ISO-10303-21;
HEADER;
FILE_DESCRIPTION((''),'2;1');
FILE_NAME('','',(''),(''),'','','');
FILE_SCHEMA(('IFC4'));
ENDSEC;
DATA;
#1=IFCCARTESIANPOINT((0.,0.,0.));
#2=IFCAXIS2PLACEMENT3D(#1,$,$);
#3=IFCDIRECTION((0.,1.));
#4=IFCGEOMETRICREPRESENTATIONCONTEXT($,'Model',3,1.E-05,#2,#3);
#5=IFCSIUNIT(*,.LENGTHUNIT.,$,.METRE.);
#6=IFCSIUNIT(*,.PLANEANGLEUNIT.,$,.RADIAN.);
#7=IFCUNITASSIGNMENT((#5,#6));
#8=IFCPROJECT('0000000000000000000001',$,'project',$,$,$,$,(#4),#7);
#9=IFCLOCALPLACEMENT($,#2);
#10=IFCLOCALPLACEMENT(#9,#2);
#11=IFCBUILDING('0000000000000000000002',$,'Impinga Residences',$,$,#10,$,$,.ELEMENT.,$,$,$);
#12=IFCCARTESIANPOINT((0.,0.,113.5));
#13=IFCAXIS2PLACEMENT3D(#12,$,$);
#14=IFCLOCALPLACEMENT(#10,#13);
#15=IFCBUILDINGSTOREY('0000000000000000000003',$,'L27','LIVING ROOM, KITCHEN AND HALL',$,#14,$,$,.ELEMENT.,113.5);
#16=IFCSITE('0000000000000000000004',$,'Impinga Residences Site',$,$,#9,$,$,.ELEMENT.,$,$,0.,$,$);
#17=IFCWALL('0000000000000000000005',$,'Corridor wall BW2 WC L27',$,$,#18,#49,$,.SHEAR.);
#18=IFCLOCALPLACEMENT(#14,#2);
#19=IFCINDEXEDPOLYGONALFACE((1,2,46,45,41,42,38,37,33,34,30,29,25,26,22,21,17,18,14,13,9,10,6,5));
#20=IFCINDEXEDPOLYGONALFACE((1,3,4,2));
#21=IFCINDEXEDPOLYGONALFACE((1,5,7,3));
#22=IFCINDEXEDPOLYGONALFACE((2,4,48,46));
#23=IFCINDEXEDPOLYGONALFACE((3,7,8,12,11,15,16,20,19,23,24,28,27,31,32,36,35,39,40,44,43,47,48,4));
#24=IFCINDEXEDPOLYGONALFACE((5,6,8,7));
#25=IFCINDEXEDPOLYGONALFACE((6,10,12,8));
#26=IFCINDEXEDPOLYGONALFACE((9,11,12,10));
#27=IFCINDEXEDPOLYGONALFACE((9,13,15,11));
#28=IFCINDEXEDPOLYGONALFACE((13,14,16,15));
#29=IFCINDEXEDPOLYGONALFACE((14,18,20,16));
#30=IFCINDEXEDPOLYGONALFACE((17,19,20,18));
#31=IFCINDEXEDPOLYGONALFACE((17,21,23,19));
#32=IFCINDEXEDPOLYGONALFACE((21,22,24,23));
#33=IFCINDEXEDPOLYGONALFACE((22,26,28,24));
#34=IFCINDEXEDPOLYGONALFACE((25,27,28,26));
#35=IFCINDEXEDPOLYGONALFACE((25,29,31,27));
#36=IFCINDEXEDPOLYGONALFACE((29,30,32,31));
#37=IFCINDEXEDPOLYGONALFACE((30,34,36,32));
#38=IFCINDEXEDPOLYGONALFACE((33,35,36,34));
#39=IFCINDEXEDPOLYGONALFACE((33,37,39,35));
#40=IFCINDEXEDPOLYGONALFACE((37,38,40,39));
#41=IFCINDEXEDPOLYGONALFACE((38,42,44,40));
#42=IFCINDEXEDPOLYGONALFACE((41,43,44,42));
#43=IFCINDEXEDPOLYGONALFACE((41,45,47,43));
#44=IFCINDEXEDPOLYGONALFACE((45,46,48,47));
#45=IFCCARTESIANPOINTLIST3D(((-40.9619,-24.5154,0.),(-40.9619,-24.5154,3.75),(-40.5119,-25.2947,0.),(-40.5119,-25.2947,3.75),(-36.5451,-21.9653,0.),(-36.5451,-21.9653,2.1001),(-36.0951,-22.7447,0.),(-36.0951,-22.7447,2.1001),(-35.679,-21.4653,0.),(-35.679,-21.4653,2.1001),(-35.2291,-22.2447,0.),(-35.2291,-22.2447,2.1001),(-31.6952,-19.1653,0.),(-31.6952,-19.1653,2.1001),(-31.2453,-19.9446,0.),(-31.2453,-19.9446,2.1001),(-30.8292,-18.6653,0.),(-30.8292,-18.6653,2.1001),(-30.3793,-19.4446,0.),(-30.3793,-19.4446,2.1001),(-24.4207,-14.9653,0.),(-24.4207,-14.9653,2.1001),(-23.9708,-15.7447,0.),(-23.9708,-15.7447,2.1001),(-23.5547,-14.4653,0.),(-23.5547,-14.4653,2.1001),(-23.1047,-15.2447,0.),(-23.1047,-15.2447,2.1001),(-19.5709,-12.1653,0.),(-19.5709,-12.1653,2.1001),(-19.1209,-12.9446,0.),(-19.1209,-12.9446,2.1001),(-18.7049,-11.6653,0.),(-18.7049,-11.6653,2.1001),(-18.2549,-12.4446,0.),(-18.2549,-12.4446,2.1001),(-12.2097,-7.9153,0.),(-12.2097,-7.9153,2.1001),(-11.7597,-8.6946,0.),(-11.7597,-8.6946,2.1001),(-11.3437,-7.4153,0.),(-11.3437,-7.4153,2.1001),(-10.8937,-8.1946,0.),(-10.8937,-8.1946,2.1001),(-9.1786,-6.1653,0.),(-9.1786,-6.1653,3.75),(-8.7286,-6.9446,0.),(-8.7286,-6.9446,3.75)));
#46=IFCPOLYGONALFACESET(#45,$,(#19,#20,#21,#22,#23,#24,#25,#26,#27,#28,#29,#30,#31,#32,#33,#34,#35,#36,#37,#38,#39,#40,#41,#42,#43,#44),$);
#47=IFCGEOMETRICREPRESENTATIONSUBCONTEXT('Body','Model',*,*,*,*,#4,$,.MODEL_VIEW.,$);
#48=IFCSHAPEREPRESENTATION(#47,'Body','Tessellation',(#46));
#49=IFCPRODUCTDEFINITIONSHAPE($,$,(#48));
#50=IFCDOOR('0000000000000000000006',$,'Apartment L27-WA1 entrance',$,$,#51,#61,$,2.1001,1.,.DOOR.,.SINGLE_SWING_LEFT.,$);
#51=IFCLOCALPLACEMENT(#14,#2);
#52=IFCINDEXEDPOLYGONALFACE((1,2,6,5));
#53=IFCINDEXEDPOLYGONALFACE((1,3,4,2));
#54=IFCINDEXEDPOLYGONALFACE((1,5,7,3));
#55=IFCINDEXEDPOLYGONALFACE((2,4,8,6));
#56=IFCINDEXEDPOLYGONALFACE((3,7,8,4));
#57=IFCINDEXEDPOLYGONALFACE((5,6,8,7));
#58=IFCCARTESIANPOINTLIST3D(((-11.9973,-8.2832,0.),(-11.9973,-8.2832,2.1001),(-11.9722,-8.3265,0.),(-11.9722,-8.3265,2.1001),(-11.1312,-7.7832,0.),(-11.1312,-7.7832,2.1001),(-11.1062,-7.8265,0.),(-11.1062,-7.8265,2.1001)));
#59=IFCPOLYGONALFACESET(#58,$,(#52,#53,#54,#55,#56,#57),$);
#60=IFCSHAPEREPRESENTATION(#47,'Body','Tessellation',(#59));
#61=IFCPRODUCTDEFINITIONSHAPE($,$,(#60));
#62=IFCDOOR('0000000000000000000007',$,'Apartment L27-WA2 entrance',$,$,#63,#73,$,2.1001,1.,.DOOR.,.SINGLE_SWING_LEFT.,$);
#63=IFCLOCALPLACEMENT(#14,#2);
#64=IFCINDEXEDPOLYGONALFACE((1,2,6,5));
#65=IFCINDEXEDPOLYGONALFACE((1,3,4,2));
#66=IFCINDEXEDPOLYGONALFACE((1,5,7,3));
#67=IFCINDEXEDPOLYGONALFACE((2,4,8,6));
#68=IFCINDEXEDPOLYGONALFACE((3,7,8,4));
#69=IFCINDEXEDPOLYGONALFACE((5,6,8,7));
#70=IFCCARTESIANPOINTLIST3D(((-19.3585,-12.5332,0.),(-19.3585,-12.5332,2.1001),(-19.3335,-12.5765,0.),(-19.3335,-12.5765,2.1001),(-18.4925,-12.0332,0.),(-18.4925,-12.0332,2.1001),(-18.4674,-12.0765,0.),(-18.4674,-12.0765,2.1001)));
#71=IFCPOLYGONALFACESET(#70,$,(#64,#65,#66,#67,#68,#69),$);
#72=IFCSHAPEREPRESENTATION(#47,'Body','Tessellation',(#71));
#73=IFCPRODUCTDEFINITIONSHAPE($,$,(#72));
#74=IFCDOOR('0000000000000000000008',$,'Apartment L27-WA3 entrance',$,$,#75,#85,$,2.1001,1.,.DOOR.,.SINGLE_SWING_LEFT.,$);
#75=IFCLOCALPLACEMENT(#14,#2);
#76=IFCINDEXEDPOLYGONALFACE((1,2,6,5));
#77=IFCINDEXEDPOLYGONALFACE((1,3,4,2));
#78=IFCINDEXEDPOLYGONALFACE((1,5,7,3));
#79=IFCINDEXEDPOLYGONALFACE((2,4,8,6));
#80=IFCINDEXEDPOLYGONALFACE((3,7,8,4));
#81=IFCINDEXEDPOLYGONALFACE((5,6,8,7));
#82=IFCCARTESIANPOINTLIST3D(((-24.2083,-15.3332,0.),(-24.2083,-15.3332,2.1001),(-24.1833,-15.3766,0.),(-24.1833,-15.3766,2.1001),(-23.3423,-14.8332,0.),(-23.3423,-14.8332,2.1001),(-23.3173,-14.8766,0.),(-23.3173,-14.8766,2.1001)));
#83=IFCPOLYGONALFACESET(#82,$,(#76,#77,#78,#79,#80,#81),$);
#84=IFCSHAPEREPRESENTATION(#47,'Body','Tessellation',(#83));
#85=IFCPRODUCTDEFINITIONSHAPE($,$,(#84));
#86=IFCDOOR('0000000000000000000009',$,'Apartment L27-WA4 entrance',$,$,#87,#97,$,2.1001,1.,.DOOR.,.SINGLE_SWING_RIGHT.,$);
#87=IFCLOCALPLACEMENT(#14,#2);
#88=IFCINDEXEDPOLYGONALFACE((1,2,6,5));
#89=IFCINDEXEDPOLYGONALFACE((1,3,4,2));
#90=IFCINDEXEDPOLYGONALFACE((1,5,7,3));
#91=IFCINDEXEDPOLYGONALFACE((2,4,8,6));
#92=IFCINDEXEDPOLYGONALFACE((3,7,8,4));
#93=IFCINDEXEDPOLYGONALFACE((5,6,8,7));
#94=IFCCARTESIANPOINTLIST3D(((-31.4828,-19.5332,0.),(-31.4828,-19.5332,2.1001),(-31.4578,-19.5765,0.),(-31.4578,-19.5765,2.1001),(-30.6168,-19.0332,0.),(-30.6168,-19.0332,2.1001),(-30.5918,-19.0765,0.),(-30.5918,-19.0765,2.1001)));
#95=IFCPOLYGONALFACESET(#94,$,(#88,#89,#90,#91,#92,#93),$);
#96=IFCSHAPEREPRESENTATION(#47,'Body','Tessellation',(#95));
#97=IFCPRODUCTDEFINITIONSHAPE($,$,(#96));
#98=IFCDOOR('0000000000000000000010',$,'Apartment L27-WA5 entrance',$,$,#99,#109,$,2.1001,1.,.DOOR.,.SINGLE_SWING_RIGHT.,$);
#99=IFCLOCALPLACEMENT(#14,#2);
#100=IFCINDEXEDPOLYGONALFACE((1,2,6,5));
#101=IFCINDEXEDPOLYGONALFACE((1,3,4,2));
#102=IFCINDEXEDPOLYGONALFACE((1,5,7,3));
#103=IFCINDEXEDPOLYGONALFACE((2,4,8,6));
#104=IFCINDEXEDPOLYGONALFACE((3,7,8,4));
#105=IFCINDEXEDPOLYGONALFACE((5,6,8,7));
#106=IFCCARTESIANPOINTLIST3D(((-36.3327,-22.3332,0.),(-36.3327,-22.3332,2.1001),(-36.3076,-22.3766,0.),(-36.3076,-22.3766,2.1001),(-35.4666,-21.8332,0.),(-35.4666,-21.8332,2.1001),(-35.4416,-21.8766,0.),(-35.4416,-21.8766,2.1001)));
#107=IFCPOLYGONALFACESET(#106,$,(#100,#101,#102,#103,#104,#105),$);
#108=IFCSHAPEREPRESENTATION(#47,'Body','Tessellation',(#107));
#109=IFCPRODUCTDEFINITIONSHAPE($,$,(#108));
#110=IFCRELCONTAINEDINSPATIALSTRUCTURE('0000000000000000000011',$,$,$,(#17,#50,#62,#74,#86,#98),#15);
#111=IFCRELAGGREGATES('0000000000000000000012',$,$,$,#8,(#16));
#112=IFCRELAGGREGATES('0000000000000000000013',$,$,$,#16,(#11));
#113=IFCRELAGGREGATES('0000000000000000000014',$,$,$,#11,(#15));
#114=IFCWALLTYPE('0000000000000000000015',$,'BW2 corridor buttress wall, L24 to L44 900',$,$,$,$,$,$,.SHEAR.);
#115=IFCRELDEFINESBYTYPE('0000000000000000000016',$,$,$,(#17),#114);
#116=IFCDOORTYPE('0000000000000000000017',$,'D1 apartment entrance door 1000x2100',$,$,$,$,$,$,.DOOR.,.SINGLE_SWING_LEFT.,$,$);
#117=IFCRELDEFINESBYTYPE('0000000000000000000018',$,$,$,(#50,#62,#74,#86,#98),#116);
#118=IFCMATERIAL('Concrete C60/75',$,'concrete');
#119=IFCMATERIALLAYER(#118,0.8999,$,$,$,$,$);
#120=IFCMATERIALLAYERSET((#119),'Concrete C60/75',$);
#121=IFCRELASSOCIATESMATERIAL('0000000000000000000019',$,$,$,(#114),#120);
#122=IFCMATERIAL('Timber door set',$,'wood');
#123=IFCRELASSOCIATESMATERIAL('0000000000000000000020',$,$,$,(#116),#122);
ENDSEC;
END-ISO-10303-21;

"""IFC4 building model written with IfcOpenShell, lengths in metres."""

from ifc_helpers import new_model, si_unit, direction, frame, frame_2d, origin, place, context, subcontext, project, spatial, rectangle, extrude, material, layer, layer_set, type_object, element, fill, save


model = new_model("IFC4")

# Units and contexts
model_context = context("Model", 3, precision=1e-05, world=origin(), true_north=direction((0.0, 1.0)))
body_context = subcontext(model_context, "Body", "Model", "MODEL_VIEW")
ifc_project = project(units=[si_unit("LENGTHUNIT", "METRE"), si_unit("PLANEANGLEUNIT", "RADIAN")], contexts=[model_context])

# Site, building, storey
site_placement = place(None, origin())
site = spatial("IfcSite", under=ifc_project, at=site_placement, Name="Impinga Residences Site", CompositionType="ELEMENT", RefElevation=0.0)
building_placement = place(site_placement, origin())
building = spatial("IfcBuilding", under=site, at=building_placement, Name="Impinga Residences", CompositionType="ELEMENT")
storey_placement = place(building_placement, frame((0.0, 0.0, 113.5)))
storey = spatial("IfcBuildingStorey", under=building, at=storey_placement, Name="L27", Description="LIVING ROOM, KITCHEN AND HALL", CompositionType="ELEMENT", Elevation=113.5)

# Wall, openings, doors
ifc_material_1 = material(Name="Concrete C60/75", Category="concrete")
ifc_layer_1 = layer(ifc_material_1, 0.8999)
ifc_layer_set_1 = layer_set([ifc_layer_1], Name="Concrete C60/75")
wall_type_1 = type_object("IfcWallType", Name="BW2 corridor buttress wall, L24 to L44 900", PredefinedType="SHEAR", material=ifc_layer_set_1)
wall_1_placement = place(storey_placement, frame((-8.9536, -6.5549, 0.0), z_axis=(0.0, 0.0, 1.0), x_axis=(-0.866025, -0.500001, 0.0)))
wall_1 = element("IfcWall", 1, at=wall_1_placement, inside=storey, type_object=wall_type_1, Name="Corridor wall BW2 WC L27", PredefinedType="SHEAR", context=body_context, shape_type="SweptSolid", body=[
    extrude(rectangle(XDim=36.7002, YDim=0.8999, at=frame_2d((18.3501, 0.0))), origin(), (0.0, 0.0, 1.0), 3.75),
])
opening_1_placement = place(wall_1_placement, frame((2.5, 0.0, 0.0)))
opening_1 = element("IfcOpeningElement", 2, at=opening_1_placement, cuts=wall_1, PredefinedType="OPENING", context=body_context, shape_type="SweptSolid", body=[
    extrude(rectangle(XDim=1.0, YDim=2.1001, at=frame_2d((0.5, 1.05))), frame((0.0, 0.46, 0.0), z_axis=(0.0, -1.0, 0.0), x_axis=(1.0, 0.0, 0.0)), (0.0, 0.0, 1.0), 0.9199),
])
opening_2_placement = place(wall_1_placement, frame((11.0, 0.0, 0.0)))
opening_2 = element("IfcOpeningElement", 3, at=opening_2_placement, cuts=wall_1, PredefinedType="OPENING", context=body_context, shape_type="SweptSolid", body=[
    extrude(rectangle(XDim=1.0, YDim=2.1001, at=frame_2d((0.5, 1.05))), frame((0.0, 0.46, 0.0), z_axis=(0.0, -1.0, 0.0), x_axis=(1.0, 0.0, 0.0)), (0.0, 0.0, 1.0), 0.9199),
])
opening_3_placement = place(wall_1_placement, frame((16.6001, 0.0, 0.0)))
opening_3 = element("IfcOpeningElement", 4, at=opening_3_placement, cuts=wall_1, PredefinedType="OPENING", context=body_context, shape_type="SweptSolid", body=[
    extrude(rectangle(XDim=1.0, YDim=2.1001, at=frame_2d((0.5, 1.05))), frame((0.0, 0.46, 0.0), z_axis=(0.0, -1.0, 0.0), x_axis=(1.0, 0.0, 0.0)), (0.0, 0.0, 1.0), 0.9199),
])
opening_4_placement = place(wall_1_placement, frame((25.0, 0.0, 0.0)))
opening_4 = element("IfcOpeningElement", 5, at=opening_4_placement, cuts=wall_1, PredefinedType="OPENING", context=body_context, shape_type="SweptSolid", body=[
    extrude(rectangle(XDim=1.0, YDim=2.1001, at=frame_2d((0.5, 1.05))), frame((0.0, 0.46, 0.0), z_axis=(0.0, -1.0, 0.0), x_axis=(1.0, 0.0, 0.0)), (0.0, 0.0, 1.0), 0.9199),
])
opening_5_placement = place(wall_1_placement, frame((30.6001, 0.0, 0.0)))
opening_5 = element("IfcOpeningElement", 6, at=opening_5_placement, cuts=wall_1, PredefinedType="OPENING", context=body_context, shape_type="SweptSolid", body=[
    extrude(rectangle(XDim=1.0, YDim=2.1001, at=frame_2d((0.5, 1.05))), frame((0.0, 0.46, 0.0), z_axis=(0.0, -1.0, 0.0), x_axis=(1.0, 0.0, 0.0)), (0.0, 0.0, 1.0), 0.9199),
])
ifc_material_2 = material(Name="Timber door set", Category="wood")
door_type_1 = type_object("IfcDoorType", Name="D1 apartment entrance door 1000x2100", OperationType="SINGLE_SWING_LEFT", PredefinedType="DOOR", material=ifc_material_2)
door_1_placement = place(opening_1_placement, origin())
door_1 = element("IfcDoor", 7, at=door_1_placement, inside=storey, type_object=door_type_1, Name="Apartment L27-WA1 entrance", OperationType="SINGLE_SWING_LEFT", OverallHeight=2.1001, OverallWidth=1.0, PredefinedType="DOOR", context=body_context, shape_type="SweptSolid", body=[
    extrude(rectangle(XDim=1.0, YDim=2.1001, at=frame_2d((0.5, 1.05))), frame((0.0, 0.0249, 0.0), z_axis=(0.0, -1.0, 0.0), x_axis=(1.0, 0.0, 0.0)), (0.0, 0.0, 1.0), 0.05),
])
fill(opening_1, door_1)
door_2_placement = place(opening_2_placement, origin())
door_2 = element("IfcDoor", 8, at=door_2_placement, inside=storey, type_object=door_type_1, Name="Apartment L27-WA2 entrance", OperationType="SINGLE_SWING_LEFT", OverallHeight=2.1001, OverallWidth=1.0, PredefinedType="DOOR", context=body_context, shape_type="SweptSolid", body=[
    extrude(rectangle(XDim=1.0, YDim=2.1001, at=frame_2d((0.5, 1.05))), frame((0.0, 0.0249, 0.0), z_axis=(0.0, -1.0, 0.0), x_axis=(1.0, 0.0, 0.0)), (0.0, 0.0, 1.0), 0.05),
])
fill(opening_2, door_2)
door_3_placement = place(opening_3_placement, origin())
door_3 = element("IfcDoor", 9, at=door_3_placement, inside=storey, type_object=door_type_1, Name="Apartment L27-WA3 entrance", OperationType="SINGLE_SWING_LEFT", OverallHeight=2.1001, OverallWidth=1.0, PredefinedType="DOOR", context=body_context, shape_type="SweptSolid", body=[
    extrude(rectangle(XDim=1.0, YDim=2.1001, at=frame_2d((0.5, 1.05))), frame((0.0, 0.0249, 0.0), z_axis=(0.0, -1.0, 0.0), x_axis=(1.0, 0.0, 0.0)), (0.0, 0.0, 1.0), 0.05),
])
fill(opening_3, door_3)
door_4_placement = place(opening_4_placement, origin())
door_4 = element("IfcDoor", 10, at=door_4_placement, inside=storey, type_object=door_type_1, Name="Apartment L27-WA4 entrance", OperationType="SINGLE_SWING_RIGHT", OverallHeight=2.1001, OverallWidth=1.0, PredefinedType="DOOR", context=body_context, shape_type="SweptSolid", body=[
    extrude(rectangle(XDim=1.0, YDim=2.1001, at=frame_2d((0.5, 1.05))), frame((0.0, 0.0249, 0.0), z_axis=(0.0, -1.0, 0.0), x_axis=(1.0, 0.0, 0.0)), (0.0, 0.0, 1.0), 0.05),
])
fill(opening_4, door_4)
door_5_placement = place(opening_5_placement, origin())
door_5 = element("IfcDoor", 11, at=door_5_placement, inside=storey, type_object=door_type_1, Name="Apartment L27-WA5 entrance", OperationType="SINGLE_SWING_RIGHT", OverallHeight=2.1001, OverallWidth=1.0, PredefinedType="DOOR", context=body_context, shape_type="SweptSolid", body=[
    extrude(rectangle(XDim=1.0, YDim=2.1001, at=frame_2d((0.5, 1.05))), frame((0.0, 0.0249, 0.0), z_axis=(0.0, -1.0, 0.0), x_axis=(1.0, 0.0, 0.0)), (0.0, 0.0, 1.0), 0.05),
])
fill(opening_5, door_5)

save(model, "model.ifc")
